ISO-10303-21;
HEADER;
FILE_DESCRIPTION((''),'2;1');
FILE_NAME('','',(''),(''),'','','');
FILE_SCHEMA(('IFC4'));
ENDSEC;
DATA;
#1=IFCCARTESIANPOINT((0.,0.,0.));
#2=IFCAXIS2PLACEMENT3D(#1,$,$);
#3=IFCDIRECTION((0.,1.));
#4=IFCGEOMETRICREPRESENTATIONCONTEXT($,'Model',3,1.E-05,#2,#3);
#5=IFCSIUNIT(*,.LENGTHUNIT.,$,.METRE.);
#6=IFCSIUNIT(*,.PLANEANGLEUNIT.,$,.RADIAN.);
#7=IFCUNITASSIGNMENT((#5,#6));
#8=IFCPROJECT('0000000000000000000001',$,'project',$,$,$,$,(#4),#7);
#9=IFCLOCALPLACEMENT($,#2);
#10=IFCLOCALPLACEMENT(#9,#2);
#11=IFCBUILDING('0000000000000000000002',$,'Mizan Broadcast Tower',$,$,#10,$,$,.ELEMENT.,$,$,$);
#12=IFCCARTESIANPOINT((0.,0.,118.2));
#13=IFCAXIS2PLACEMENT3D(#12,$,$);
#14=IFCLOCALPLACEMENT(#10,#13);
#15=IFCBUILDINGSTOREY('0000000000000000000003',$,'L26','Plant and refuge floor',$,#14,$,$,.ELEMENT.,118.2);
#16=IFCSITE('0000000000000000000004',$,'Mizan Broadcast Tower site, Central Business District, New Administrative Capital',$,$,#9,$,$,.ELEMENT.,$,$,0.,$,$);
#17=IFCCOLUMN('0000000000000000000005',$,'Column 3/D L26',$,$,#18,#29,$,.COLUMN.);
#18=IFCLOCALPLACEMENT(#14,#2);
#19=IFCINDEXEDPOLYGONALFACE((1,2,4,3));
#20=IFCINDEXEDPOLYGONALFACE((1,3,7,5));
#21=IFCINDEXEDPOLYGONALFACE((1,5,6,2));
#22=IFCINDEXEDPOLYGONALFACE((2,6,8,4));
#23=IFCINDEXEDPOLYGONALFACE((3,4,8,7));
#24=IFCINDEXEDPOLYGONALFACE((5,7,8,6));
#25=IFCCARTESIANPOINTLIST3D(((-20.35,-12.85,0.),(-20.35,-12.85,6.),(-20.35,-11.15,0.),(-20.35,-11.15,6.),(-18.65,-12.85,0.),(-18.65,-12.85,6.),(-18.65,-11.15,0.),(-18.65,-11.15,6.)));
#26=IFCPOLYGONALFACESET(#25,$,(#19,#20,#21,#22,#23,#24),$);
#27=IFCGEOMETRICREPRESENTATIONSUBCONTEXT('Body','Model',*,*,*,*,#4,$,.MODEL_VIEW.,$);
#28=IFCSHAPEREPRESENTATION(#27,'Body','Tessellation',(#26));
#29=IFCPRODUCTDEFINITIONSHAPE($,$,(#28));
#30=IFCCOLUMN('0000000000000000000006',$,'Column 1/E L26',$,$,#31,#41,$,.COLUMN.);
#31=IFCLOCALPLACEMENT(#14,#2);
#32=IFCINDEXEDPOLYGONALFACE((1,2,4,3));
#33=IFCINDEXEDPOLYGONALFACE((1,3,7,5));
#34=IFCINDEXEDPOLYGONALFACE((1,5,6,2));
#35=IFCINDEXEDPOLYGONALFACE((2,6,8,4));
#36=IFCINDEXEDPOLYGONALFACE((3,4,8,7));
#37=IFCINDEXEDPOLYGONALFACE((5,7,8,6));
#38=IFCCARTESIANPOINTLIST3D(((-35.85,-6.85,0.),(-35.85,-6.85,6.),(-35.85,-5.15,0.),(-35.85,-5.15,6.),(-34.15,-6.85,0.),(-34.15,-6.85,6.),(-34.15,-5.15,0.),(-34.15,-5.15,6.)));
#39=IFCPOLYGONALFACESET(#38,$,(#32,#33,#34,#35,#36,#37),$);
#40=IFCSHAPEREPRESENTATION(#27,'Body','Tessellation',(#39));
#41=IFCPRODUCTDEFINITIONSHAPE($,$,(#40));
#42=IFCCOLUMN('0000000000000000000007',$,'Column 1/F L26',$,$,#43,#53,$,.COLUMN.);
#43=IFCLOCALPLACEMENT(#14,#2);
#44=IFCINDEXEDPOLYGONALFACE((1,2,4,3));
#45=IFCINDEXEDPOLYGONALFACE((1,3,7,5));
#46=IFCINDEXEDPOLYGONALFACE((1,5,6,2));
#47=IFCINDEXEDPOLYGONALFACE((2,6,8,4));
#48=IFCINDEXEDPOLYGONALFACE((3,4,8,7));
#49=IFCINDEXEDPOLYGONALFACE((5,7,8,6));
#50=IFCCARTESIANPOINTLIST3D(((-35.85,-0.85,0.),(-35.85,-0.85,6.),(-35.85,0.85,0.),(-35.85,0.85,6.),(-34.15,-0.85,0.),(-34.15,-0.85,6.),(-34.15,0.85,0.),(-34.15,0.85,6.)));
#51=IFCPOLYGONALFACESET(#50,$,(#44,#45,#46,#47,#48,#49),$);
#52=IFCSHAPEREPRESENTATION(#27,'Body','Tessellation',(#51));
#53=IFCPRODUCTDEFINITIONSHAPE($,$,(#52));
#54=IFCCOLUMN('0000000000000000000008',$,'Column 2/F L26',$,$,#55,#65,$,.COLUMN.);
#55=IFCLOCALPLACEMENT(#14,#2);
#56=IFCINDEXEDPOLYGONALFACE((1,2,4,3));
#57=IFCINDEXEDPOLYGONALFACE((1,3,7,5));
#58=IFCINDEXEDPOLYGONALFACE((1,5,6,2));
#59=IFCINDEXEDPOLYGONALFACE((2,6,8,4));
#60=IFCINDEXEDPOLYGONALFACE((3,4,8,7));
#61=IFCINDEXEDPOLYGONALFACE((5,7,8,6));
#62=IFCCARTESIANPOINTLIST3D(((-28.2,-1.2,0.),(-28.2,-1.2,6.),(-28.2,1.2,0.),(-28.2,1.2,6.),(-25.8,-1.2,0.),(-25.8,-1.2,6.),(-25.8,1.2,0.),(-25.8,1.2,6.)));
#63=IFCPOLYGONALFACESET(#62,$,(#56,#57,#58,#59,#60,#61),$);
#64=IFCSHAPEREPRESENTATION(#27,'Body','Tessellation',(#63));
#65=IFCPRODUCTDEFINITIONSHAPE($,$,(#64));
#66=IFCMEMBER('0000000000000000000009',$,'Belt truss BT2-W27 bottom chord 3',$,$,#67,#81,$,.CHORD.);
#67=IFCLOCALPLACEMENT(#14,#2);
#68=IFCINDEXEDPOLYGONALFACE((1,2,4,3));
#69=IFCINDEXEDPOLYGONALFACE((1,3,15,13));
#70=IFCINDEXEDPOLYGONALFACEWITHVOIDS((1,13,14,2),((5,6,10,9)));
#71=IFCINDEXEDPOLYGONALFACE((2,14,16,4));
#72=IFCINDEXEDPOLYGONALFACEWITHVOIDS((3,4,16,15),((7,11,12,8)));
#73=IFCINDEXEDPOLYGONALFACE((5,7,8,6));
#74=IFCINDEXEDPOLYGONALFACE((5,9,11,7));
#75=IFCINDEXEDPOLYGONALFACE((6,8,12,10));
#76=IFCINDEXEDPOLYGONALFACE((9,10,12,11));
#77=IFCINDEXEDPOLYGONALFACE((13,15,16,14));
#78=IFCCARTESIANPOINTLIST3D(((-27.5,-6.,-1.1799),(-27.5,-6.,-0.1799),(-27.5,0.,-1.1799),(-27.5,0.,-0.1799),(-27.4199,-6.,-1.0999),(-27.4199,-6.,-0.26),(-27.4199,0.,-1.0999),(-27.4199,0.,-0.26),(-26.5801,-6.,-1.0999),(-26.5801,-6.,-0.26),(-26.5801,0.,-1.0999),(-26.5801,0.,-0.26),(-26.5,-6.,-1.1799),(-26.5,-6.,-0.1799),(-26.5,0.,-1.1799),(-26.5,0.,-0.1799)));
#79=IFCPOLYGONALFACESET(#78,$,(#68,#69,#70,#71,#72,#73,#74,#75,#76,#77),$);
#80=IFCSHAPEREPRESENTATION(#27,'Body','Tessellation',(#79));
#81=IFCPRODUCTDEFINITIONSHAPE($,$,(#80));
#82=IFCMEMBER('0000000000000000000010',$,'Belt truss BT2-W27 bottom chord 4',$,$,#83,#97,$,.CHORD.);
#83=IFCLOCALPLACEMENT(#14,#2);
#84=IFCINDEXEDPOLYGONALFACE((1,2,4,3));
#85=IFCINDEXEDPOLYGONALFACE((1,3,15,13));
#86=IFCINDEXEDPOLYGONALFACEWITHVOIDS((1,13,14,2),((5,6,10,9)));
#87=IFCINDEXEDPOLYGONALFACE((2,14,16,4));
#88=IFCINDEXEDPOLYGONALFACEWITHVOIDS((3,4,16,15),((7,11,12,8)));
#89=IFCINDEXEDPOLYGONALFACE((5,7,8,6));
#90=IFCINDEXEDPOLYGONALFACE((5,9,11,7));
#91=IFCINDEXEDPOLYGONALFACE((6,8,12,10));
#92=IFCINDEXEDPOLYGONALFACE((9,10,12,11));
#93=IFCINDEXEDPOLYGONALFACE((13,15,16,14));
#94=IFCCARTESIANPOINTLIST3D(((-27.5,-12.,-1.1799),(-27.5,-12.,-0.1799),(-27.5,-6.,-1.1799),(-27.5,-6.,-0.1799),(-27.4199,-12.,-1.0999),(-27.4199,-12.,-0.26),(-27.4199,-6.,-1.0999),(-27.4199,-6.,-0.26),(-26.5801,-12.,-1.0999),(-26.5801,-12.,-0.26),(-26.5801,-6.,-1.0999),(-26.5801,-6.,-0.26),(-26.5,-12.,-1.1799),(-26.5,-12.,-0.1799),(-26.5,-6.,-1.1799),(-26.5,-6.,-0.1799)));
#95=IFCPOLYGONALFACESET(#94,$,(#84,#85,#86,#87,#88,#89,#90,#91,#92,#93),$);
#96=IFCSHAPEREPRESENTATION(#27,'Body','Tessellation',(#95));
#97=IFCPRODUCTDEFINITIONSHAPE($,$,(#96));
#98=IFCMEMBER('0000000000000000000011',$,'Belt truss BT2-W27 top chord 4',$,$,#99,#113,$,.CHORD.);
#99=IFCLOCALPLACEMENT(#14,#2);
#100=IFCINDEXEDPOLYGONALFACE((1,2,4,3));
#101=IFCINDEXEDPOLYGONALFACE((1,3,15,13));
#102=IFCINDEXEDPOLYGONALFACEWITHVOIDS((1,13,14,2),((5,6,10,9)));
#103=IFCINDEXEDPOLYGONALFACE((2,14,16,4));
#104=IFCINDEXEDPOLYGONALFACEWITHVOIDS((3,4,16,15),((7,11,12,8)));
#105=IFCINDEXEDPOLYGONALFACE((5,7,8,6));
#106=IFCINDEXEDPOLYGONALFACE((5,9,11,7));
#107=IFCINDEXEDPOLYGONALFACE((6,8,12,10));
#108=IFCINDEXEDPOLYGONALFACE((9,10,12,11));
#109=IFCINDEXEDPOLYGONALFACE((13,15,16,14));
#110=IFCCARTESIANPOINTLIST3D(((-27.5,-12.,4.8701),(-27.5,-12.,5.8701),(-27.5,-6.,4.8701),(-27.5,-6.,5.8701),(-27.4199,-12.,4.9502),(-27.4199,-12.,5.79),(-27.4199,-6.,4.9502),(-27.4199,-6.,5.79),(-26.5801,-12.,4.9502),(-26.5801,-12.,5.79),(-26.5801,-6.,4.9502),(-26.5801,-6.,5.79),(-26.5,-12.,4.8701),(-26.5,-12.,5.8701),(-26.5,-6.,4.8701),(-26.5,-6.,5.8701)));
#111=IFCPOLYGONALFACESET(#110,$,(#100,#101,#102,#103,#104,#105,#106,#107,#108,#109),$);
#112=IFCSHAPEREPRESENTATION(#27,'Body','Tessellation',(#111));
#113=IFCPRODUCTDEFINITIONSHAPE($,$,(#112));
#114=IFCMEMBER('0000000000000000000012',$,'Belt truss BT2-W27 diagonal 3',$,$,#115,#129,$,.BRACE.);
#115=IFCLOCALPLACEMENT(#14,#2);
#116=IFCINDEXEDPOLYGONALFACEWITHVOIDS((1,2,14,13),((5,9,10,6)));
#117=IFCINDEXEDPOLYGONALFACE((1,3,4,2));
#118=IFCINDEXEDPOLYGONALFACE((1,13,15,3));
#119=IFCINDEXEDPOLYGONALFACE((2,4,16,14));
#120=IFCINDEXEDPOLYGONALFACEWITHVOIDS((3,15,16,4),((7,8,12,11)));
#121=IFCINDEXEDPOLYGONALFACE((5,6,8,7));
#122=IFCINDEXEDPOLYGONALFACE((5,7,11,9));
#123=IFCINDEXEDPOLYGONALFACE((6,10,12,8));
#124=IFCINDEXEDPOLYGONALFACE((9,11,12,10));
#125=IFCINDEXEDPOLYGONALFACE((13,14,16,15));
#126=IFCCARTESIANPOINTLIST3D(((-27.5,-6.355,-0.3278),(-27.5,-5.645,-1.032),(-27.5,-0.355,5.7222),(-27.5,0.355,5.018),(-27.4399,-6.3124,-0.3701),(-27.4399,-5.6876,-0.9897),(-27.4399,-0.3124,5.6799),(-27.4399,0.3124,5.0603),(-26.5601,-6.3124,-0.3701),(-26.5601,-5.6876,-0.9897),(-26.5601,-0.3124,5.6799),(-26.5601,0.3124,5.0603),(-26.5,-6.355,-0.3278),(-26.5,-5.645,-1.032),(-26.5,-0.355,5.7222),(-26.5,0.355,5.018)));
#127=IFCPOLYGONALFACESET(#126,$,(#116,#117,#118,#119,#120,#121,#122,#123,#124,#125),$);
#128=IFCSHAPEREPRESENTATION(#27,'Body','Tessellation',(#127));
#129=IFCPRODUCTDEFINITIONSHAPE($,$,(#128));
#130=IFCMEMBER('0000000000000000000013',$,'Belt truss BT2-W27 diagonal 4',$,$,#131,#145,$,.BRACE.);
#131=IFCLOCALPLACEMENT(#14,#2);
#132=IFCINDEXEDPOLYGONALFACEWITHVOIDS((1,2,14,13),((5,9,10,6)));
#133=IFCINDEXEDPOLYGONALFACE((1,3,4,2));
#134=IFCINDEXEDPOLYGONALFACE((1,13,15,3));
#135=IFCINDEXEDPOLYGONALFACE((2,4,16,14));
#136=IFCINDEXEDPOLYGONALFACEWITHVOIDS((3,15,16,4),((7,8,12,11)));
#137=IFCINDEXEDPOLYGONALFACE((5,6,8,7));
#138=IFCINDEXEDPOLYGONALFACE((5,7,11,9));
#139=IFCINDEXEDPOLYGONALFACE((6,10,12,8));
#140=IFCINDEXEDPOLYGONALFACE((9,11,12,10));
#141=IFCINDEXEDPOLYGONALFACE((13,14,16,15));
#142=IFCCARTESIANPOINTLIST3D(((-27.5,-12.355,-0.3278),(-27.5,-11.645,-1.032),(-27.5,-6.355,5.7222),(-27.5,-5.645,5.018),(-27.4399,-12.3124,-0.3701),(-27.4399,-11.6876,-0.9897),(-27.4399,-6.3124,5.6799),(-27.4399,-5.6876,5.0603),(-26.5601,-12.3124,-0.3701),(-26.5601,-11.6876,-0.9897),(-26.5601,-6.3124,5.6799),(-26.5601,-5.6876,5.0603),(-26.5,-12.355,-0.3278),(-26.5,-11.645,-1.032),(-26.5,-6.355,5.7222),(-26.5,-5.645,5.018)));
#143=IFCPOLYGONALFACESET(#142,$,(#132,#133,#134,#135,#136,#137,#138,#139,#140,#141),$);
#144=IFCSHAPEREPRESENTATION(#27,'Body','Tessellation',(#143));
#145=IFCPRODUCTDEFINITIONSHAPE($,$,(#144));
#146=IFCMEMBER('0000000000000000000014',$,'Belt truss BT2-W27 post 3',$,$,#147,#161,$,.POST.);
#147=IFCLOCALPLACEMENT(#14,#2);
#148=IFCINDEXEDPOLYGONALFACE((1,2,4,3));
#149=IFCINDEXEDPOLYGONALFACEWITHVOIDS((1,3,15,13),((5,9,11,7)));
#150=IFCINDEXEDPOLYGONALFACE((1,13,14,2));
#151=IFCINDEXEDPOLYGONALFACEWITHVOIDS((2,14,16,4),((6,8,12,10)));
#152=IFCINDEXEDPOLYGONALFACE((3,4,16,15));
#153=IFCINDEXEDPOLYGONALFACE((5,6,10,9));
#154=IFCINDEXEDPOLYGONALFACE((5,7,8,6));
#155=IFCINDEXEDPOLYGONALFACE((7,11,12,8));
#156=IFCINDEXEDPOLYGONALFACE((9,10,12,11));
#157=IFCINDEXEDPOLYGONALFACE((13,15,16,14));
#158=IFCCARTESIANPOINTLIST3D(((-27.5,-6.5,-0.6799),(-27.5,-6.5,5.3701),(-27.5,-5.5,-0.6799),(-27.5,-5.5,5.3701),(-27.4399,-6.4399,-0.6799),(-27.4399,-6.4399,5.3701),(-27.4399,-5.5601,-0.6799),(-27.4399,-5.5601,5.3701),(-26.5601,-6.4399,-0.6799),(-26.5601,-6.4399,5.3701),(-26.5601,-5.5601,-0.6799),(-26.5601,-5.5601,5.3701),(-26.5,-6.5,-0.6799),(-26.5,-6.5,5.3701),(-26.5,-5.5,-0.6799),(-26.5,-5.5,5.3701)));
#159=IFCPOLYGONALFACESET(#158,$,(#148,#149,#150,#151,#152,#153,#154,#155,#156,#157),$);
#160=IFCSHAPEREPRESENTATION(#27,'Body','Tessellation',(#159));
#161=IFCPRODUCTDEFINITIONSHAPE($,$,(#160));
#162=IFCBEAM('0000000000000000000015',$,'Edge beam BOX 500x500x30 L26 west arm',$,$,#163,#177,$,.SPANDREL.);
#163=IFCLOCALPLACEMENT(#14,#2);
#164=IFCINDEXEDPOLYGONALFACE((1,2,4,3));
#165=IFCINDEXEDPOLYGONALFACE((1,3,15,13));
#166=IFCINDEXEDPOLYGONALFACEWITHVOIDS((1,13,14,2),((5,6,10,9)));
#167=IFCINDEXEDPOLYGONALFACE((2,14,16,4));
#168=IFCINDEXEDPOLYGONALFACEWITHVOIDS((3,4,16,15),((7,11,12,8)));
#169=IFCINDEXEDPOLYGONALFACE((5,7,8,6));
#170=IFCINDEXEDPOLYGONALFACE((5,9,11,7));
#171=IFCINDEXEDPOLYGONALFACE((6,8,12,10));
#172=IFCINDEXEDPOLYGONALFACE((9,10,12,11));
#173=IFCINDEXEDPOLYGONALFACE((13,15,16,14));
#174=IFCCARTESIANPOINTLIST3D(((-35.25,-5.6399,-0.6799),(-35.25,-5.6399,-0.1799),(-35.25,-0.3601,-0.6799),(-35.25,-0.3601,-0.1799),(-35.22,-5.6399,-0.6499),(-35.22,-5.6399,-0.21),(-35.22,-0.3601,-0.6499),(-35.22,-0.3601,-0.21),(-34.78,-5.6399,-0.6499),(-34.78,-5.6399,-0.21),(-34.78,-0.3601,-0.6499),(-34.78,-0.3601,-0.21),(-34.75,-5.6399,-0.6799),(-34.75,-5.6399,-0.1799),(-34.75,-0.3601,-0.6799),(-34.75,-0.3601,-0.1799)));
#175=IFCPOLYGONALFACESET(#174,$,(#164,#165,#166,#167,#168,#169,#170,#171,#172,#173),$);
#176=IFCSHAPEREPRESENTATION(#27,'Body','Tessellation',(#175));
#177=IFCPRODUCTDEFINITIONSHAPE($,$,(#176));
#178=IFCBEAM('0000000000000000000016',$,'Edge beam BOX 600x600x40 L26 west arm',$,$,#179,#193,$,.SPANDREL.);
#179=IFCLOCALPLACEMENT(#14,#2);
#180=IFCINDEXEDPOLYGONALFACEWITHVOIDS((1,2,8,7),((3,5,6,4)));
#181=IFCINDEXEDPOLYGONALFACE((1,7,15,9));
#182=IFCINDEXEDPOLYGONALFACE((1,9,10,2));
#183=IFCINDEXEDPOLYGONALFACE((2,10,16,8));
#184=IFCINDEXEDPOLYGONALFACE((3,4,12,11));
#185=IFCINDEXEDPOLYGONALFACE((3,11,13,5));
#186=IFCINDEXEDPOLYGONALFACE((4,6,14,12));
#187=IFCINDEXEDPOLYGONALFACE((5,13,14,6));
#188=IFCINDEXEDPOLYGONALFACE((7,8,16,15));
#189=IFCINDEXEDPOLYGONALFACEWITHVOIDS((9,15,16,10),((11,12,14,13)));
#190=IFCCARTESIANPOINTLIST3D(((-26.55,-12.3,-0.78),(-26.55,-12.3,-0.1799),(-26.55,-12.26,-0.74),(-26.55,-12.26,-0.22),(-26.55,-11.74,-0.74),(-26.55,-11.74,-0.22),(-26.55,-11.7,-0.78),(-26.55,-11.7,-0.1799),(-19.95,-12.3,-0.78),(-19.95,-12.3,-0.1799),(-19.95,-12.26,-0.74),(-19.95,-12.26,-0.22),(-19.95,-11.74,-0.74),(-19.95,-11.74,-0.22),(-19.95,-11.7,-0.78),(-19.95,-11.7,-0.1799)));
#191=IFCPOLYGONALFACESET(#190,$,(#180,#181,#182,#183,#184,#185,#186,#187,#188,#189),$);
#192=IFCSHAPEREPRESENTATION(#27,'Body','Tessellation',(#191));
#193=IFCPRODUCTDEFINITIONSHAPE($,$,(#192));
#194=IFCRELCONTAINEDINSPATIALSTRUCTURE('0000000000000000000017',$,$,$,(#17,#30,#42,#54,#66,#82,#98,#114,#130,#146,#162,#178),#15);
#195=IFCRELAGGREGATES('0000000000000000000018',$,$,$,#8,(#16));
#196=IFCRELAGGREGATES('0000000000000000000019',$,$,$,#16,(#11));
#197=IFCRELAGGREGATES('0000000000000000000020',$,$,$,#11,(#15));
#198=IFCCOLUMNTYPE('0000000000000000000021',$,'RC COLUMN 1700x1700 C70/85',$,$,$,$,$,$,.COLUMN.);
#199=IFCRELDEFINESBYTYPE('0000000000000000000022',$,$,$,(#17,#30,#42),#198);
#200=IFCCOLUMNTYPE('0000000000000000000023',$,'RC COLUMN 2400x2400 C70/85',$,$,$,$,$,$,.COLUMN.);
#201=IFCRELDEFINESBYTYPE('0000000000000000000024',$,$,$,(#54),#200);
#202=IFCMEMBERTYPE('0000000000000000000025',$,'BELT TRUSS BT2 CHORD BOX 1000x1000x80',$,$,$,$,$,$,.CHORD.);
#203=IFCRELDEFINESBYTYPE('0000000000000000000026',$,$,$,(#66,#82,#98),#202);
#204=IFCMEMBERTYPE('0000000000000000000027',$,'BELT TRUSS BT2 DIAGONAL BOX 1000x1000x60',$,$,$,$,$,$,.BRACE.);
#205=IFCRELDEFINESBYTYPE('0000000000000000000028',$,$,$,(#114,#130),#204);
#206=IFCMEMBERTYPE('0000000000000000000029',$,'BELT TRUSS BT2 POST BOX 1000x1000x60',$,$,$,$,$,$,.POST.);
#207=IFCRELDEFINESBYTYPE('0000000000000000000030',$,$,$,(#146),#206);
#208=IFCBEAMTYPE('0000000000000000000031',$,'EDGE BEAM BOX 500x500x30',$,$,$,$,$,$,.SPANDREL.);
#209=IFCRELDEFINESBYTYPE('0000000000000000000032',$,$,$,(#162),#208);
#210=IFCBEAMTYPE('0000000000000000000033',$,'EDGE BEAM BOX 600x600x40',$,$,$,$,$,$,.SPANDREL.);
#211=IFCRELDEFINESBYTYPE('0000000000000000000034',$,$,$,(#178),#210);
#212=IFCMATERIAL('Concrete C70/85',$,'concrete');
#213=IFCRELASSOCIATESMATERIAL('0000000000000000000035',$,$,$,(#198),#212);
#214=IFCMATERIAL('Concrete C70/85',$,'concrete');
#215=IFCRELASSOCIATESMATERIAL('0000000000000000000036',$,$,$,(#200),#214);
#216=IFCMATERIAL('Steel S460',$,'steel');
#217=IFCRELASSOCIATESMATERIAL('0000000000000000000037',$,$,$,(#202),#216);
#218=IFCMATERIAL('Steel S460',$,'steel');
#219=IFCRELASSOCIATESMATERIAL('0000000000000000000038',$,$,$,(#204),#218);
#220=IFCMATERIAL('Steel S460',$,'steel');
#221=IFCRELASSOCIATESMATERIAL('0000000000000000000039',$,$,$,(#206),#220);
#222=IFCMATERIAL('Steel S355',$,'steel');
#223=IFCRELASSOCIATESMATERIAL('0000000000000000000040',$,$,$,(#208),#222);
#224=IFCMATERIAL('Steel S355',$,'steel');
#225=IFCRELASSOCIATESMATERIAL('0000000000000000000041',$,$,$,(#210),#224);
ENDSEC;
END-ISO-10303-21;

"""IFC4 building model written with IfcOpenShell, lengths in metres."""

from ifc_helpers import new_model, si_unit, direction, frame, origin, origin_2d, place, context, subcontext, project, spatial, rectangle, hollow_rectangle, extrude, material, material_profile, profile_set, type_object, element, save


model = new_model("IFC4")

# Units and contexts
model_context = context("Model", 3, precision=1e-05, world=origin(), true_north=direction((0.0, 1.0)))
body_context = subcontext(model_context, "Body", "Model", "MODEL_VIEW")
ifc_project = project(units=[si_unit("LENGTHUNIT", "METRE"), si_unit("PLANEANGLEUNIT", "RADIAN")], contexts=[model_context])

# Site, building, storey
site_placement = place(None, origin())
site = spatial("IfcSite", under=ifc_project, at=site_placement, Name="Mizan Broadcast Tower site, Central Business District, New Administrative Capital", CompositionType="ELEMENT", RefElevation=0.0)
building_placement = place(site_placement, origin())
building = spatial("IfcBuilding", under=site, at=building_placement, Name="Mizan Broadcast Tower", CompositionType="ELEMENT")
storey_placement = place(building_placement, frame((0.0, 0.0, 118.2)))
storey = spatial("IfcBuildingStorey", under=building, at=storey_placement, Name="L26", Description="Plant and refuge floor", CompositionType="ELEMENT", Elevation=118.2)

# Columns
ifc_material_1 = material(Name="Concrete C70/85", Category="concrete")
ifc_material_profile_1 = material_profile(ifc_material_1, rectangle(XDim=1.7, YDim=1.7, at=origin_2d()), Name="RC 1700x1700")
ifc_profile_set_1 = profile_set([ifc_material_profile_1], Name="Concrete C70/85")
column_type_1 = type_object("IfcColumnType", Name="RC COLUMN 1700x1700 C70/85", PredefinedType="COLUMN", material=ifc_profile_set_1)
for number, where, z_axis, x_axis, name in (
    (1, (-19.5, -12.0, 0.0), (0.0, 0.0, 1.0), (1.0, 0.0, 0.0), "Column 3/D L26"),
    (2, (-35.0, -6.0, 0.0), (0.0, 0.0, 1.0), (1.0, 0.0, 0.0), "Column 1/E L26"),
    (3, (-35.0, 0.0, 0.0), (0.0, 0.0, 1.0), (1.0, 0.0, 0.0), "Column 1/F L26"),
):
    element("IfcColumn", number, at=place(storey_placement, frame(where, z_axis=z_axis, x_axis=x_axis)), inside=storey, type_object=column_type_1, Name=name, PredefinedType="COLUMN", context=body_context, shape_type="SweptSolid", body=[
        extrude(rectangle(XDim=1.7, YDim=1.7, at=origin_2d()), origin(), (0.0, 0.0, 1.0), 6.0),
    ])
ifc_material_2 = material(Name="Concrete C70/85", Category="concrete")
ifc_material_profile_2 = material_profile(ifc_material_2, rectangle(XDim=2.3999, YDim=2.3999, at=origin_2d()), Name="RC 2400x2400")
ifc_profile_set_2 = profile_set([ifc_material_profile_2], Name="Concrete C70/85")
column_type_2 = type_object("IfcColumnType", Name="RC COLUMN 2400x2400 C70/85", PredefinedType="COLUMN", material=ifc_profile_set_2)
column_placement = place(storey_placement, frame((-27.0, 0.0, 0.0), z_axis=(0.0, 0.0, 1.0), x_axis=(1.0, 0.0, 0.0)))
element("IfcColumn", 4, at=column_placement, inside=storey, type_object=column_type_2, Name="Column 2/F L26", PredefinedType="COLUMN", context=body_context, shape_type="SweptSolid", body=[
    extrude(rectangle(XDim=2.3999, YDim=2.3999, at=origin_2d()), origin(), (0.0, 0.0, 1.0), 6.0),
])

# Members
ifc_material_3 = material(Name="Steel S460", Category="steel")
ifc_material_profile_3 = material_profile(ifc_material_3, hollow_rectangle(XDim=1.0, YDim=1.0, WallThickness=0.0801, at=origin_2d()), Name="BOX 1000x1000x80")
ifc_profile_set_3 = profile_set([ifc_material_profile_3], Name="Steel S460")
member_type_1 = type_object("IfcMemberType", Name="BELT TRUSS BT2 CHORD BOX 1000x1000x80", PredefinedType="CHORD", material=ifc_profile_set_3)
for number, where, z_axis, x_axis, name in (
    (5, (-27.0, 0.0, -0.6799), (0.0, -1.0, 0.0), (1.0, 0.0, 0.0), "Belt truss BT2-W27 bottom chord 3"),
    (6, (-27.0, -6.0, -0.6799), (0.0, -1.0, 0.0), (1.0, 0.0, 0.0), "Belt truss BT2-W27 bottom chord 4"),
    (7, (-27.0, -6.0, 5.3701), (0.0, -1.0, 0.0), (1.0, 0.0, 0.0), "Belt truss BT2-W27 top chord 4"),
):
    element("IfcMember", number, at=place(storey_placement, frame(where, z_axis=z_axis, x_axis=x_axis)), inside=storey, type_object=member_type_1, Name=name, PredefinedType="CHORD", context=body_context, shape_type="SweptSolid", body=[
        extrude(hollow_rectangle(XDim=1.0, YDim=1.0, WallThickness=0.0801, at=origin_2d()), origin(), (0.0, 0.0, 1.0), 6.0),
    ])
ifc_material_4 = material(Name="Steel S460", Category="steel")
ifc_material_profile_4 = material_profile(ifc_material_4, hollow_rectangle(XDim=1.0, YDim=1.0, WallThickness=0.0601, at=origin_2d()), Name="BOX 1000x1000x60")
ifc_profile_set_4 = profile_set([ifc_material_profile_4], Name="Steel S460")
member_type_2 = type_object("IfcMemberType", Name="BELT TRUSS BT2 DIAGONAL BOX 1000x1000x60", PredefinedType="BRACE", material=ifc_profile_set_4)
for number, where, z_axis, x_axis, name in (
    (8, (-27.0, -6.0, -0.6799), (0.0, 0.704164, 0.710038), (-1.0, 0.0, 0.0), "Belt truss BT2-W27 diagonal 3"),
    (9, (-27.0, -12.0, -0.6799), (0.0, 0.704164, 0.710038), (-1.0, 0.0, 0.0), "Belt truss BT2-W27 diagonal 4"),
):
    element("IfcMember", number, at=place(storey_placement, frame(where, z_axis=z_axis, x_axis=x_axis)), inside=storey, type_object=member_type_2, Name=name, PredefinedType="BRACE", context=body_context, shape_type="SweptSolid", body=[
        extrude(hollow_rectangle(XDim=1.0, YDim=1.0, WallThickness=0.0601, at=origin_2d()), origin(), (0.0, 0.0, 1.0), 8.5208),
    ])
ifc_material_5 = material(Name="Steel S460", Category="steel")
ifc_material_profile_5 = material_profile(ifc_material_5, hollow_rectangle(XDim=1.0, YDim=1.0, WallThickness=0.0601, at=origin_2d()), Name="BOX 1000x1000x60")
ifc_profile_set_5 = profile_set([ifc_material_profile_5], Name="Steel S460")
member_type_3 = type_object("IfcMemberType", Name="BELT TRUSS BT2 POST BOX 1000x1000x60", PredefinedType="POST", material=ifc_profile_set_5)
member_1_placement = place(storey_placement, frame((-27.0, -6.0, -0.6799), z_axis=(0.0, 0.0, 1.0), x_axis=(1.0, 0.0, 0.0)))
element("IfcMember", 10, at=member_1_placement, inside=storey, type_object=member_type_3, Name="Belt truss BT2-W27 post 3", PredefinedType="POST", context=body_context, shape_type="SweptSolid", body=[
    extrude(hollow_rectangle(XDim=1.0, YDim=1.0, WallThickness=0.0601, at=origin_2d()), origin(), (0.0, 0.0, 1.0), 6.05),
])

# Beams
ifc_material_6 = material(Name="Steel S355", Category="steel")
ifc_material_profile_6 = material_profile(ifc_material_6, hollow_rectangle(XDim=0.5, YDim=0.5, WallThickness=0.03, at=origin_2d()), Name="BOX 500x500x30")
ifc_profile_set_6 = profile_set([ifc_material_profile_6], Name="Steel S355")
beam_type_1 = type_object("IfcBeamType", Name="EDGE BEAM BOX 500x500x30", PredefinedType="SPANDREL", material=ifc_profile_set_6)
beam_1_placement = place(storey_placement, frame((-35.0, -5.6399, -0.4299), z_axis=(0.0, 1.0, 0.0), x_axis=(-1.0, 0.0, 0.0)))
element("IfcBeam", 11, at=beam_1_placement, inside=storey, type_object=beam_type_1, Name="Edge beam BOX 500x500x30 L26 west arm", PredefinedType="SPANDREL", context=body_context, shape_type="SweptSolid", body=[
    extrude(hollow_rectangle(XDim=0.5, YDim=0.5, WallThickness=0.03, at=origin_2d()), origin(), (0.0, 0.0, 1.0), 5.2798),
])
ifc_material_7 = material(Name="Steel S355", Category="steel")
ifc_material_profile_7 = material_profile(ifc_material_7, hollow_rectangle(XDim=0.6001, YDim=0.6001, WallThickness=0.04, at=origin_2d()), Name="BOX 600x600x40")
ifc_profile_set_7 = profile_set([ifc_material_profile_7], Name="Steel S355")
beam_type_2 = type_object("IfcBeamType", Name="EDGE BEAM BOX 600x600x40", PredefinedType="SPANDREL", material=ifc_profile_set_7)
beam_2_placement = place(storey_placement, frame((-19.95, -12.0, -0.48), z_axis=(-1.0, 0.0, 0.0), x_axis=(0.0, -1.0, 0.0)))
element("IfcBeam", 12, at=beam_2_placement, inside=storey, type_object=beam_type_2, Name="Edge beam BOX 600x600x40 L26 west arm", PredefinedType="SPANDREL", context=body_context, shape_type="SweptSolid", body=[
    extrude(hollow_rectangle(XDim=0.6001, YDim=0.6001, WallThickness=0.04, at=origin_2d()), origin(), (0.0, 0.0, 1.0), 6.6001),
])

save(model, "model.ifc")
